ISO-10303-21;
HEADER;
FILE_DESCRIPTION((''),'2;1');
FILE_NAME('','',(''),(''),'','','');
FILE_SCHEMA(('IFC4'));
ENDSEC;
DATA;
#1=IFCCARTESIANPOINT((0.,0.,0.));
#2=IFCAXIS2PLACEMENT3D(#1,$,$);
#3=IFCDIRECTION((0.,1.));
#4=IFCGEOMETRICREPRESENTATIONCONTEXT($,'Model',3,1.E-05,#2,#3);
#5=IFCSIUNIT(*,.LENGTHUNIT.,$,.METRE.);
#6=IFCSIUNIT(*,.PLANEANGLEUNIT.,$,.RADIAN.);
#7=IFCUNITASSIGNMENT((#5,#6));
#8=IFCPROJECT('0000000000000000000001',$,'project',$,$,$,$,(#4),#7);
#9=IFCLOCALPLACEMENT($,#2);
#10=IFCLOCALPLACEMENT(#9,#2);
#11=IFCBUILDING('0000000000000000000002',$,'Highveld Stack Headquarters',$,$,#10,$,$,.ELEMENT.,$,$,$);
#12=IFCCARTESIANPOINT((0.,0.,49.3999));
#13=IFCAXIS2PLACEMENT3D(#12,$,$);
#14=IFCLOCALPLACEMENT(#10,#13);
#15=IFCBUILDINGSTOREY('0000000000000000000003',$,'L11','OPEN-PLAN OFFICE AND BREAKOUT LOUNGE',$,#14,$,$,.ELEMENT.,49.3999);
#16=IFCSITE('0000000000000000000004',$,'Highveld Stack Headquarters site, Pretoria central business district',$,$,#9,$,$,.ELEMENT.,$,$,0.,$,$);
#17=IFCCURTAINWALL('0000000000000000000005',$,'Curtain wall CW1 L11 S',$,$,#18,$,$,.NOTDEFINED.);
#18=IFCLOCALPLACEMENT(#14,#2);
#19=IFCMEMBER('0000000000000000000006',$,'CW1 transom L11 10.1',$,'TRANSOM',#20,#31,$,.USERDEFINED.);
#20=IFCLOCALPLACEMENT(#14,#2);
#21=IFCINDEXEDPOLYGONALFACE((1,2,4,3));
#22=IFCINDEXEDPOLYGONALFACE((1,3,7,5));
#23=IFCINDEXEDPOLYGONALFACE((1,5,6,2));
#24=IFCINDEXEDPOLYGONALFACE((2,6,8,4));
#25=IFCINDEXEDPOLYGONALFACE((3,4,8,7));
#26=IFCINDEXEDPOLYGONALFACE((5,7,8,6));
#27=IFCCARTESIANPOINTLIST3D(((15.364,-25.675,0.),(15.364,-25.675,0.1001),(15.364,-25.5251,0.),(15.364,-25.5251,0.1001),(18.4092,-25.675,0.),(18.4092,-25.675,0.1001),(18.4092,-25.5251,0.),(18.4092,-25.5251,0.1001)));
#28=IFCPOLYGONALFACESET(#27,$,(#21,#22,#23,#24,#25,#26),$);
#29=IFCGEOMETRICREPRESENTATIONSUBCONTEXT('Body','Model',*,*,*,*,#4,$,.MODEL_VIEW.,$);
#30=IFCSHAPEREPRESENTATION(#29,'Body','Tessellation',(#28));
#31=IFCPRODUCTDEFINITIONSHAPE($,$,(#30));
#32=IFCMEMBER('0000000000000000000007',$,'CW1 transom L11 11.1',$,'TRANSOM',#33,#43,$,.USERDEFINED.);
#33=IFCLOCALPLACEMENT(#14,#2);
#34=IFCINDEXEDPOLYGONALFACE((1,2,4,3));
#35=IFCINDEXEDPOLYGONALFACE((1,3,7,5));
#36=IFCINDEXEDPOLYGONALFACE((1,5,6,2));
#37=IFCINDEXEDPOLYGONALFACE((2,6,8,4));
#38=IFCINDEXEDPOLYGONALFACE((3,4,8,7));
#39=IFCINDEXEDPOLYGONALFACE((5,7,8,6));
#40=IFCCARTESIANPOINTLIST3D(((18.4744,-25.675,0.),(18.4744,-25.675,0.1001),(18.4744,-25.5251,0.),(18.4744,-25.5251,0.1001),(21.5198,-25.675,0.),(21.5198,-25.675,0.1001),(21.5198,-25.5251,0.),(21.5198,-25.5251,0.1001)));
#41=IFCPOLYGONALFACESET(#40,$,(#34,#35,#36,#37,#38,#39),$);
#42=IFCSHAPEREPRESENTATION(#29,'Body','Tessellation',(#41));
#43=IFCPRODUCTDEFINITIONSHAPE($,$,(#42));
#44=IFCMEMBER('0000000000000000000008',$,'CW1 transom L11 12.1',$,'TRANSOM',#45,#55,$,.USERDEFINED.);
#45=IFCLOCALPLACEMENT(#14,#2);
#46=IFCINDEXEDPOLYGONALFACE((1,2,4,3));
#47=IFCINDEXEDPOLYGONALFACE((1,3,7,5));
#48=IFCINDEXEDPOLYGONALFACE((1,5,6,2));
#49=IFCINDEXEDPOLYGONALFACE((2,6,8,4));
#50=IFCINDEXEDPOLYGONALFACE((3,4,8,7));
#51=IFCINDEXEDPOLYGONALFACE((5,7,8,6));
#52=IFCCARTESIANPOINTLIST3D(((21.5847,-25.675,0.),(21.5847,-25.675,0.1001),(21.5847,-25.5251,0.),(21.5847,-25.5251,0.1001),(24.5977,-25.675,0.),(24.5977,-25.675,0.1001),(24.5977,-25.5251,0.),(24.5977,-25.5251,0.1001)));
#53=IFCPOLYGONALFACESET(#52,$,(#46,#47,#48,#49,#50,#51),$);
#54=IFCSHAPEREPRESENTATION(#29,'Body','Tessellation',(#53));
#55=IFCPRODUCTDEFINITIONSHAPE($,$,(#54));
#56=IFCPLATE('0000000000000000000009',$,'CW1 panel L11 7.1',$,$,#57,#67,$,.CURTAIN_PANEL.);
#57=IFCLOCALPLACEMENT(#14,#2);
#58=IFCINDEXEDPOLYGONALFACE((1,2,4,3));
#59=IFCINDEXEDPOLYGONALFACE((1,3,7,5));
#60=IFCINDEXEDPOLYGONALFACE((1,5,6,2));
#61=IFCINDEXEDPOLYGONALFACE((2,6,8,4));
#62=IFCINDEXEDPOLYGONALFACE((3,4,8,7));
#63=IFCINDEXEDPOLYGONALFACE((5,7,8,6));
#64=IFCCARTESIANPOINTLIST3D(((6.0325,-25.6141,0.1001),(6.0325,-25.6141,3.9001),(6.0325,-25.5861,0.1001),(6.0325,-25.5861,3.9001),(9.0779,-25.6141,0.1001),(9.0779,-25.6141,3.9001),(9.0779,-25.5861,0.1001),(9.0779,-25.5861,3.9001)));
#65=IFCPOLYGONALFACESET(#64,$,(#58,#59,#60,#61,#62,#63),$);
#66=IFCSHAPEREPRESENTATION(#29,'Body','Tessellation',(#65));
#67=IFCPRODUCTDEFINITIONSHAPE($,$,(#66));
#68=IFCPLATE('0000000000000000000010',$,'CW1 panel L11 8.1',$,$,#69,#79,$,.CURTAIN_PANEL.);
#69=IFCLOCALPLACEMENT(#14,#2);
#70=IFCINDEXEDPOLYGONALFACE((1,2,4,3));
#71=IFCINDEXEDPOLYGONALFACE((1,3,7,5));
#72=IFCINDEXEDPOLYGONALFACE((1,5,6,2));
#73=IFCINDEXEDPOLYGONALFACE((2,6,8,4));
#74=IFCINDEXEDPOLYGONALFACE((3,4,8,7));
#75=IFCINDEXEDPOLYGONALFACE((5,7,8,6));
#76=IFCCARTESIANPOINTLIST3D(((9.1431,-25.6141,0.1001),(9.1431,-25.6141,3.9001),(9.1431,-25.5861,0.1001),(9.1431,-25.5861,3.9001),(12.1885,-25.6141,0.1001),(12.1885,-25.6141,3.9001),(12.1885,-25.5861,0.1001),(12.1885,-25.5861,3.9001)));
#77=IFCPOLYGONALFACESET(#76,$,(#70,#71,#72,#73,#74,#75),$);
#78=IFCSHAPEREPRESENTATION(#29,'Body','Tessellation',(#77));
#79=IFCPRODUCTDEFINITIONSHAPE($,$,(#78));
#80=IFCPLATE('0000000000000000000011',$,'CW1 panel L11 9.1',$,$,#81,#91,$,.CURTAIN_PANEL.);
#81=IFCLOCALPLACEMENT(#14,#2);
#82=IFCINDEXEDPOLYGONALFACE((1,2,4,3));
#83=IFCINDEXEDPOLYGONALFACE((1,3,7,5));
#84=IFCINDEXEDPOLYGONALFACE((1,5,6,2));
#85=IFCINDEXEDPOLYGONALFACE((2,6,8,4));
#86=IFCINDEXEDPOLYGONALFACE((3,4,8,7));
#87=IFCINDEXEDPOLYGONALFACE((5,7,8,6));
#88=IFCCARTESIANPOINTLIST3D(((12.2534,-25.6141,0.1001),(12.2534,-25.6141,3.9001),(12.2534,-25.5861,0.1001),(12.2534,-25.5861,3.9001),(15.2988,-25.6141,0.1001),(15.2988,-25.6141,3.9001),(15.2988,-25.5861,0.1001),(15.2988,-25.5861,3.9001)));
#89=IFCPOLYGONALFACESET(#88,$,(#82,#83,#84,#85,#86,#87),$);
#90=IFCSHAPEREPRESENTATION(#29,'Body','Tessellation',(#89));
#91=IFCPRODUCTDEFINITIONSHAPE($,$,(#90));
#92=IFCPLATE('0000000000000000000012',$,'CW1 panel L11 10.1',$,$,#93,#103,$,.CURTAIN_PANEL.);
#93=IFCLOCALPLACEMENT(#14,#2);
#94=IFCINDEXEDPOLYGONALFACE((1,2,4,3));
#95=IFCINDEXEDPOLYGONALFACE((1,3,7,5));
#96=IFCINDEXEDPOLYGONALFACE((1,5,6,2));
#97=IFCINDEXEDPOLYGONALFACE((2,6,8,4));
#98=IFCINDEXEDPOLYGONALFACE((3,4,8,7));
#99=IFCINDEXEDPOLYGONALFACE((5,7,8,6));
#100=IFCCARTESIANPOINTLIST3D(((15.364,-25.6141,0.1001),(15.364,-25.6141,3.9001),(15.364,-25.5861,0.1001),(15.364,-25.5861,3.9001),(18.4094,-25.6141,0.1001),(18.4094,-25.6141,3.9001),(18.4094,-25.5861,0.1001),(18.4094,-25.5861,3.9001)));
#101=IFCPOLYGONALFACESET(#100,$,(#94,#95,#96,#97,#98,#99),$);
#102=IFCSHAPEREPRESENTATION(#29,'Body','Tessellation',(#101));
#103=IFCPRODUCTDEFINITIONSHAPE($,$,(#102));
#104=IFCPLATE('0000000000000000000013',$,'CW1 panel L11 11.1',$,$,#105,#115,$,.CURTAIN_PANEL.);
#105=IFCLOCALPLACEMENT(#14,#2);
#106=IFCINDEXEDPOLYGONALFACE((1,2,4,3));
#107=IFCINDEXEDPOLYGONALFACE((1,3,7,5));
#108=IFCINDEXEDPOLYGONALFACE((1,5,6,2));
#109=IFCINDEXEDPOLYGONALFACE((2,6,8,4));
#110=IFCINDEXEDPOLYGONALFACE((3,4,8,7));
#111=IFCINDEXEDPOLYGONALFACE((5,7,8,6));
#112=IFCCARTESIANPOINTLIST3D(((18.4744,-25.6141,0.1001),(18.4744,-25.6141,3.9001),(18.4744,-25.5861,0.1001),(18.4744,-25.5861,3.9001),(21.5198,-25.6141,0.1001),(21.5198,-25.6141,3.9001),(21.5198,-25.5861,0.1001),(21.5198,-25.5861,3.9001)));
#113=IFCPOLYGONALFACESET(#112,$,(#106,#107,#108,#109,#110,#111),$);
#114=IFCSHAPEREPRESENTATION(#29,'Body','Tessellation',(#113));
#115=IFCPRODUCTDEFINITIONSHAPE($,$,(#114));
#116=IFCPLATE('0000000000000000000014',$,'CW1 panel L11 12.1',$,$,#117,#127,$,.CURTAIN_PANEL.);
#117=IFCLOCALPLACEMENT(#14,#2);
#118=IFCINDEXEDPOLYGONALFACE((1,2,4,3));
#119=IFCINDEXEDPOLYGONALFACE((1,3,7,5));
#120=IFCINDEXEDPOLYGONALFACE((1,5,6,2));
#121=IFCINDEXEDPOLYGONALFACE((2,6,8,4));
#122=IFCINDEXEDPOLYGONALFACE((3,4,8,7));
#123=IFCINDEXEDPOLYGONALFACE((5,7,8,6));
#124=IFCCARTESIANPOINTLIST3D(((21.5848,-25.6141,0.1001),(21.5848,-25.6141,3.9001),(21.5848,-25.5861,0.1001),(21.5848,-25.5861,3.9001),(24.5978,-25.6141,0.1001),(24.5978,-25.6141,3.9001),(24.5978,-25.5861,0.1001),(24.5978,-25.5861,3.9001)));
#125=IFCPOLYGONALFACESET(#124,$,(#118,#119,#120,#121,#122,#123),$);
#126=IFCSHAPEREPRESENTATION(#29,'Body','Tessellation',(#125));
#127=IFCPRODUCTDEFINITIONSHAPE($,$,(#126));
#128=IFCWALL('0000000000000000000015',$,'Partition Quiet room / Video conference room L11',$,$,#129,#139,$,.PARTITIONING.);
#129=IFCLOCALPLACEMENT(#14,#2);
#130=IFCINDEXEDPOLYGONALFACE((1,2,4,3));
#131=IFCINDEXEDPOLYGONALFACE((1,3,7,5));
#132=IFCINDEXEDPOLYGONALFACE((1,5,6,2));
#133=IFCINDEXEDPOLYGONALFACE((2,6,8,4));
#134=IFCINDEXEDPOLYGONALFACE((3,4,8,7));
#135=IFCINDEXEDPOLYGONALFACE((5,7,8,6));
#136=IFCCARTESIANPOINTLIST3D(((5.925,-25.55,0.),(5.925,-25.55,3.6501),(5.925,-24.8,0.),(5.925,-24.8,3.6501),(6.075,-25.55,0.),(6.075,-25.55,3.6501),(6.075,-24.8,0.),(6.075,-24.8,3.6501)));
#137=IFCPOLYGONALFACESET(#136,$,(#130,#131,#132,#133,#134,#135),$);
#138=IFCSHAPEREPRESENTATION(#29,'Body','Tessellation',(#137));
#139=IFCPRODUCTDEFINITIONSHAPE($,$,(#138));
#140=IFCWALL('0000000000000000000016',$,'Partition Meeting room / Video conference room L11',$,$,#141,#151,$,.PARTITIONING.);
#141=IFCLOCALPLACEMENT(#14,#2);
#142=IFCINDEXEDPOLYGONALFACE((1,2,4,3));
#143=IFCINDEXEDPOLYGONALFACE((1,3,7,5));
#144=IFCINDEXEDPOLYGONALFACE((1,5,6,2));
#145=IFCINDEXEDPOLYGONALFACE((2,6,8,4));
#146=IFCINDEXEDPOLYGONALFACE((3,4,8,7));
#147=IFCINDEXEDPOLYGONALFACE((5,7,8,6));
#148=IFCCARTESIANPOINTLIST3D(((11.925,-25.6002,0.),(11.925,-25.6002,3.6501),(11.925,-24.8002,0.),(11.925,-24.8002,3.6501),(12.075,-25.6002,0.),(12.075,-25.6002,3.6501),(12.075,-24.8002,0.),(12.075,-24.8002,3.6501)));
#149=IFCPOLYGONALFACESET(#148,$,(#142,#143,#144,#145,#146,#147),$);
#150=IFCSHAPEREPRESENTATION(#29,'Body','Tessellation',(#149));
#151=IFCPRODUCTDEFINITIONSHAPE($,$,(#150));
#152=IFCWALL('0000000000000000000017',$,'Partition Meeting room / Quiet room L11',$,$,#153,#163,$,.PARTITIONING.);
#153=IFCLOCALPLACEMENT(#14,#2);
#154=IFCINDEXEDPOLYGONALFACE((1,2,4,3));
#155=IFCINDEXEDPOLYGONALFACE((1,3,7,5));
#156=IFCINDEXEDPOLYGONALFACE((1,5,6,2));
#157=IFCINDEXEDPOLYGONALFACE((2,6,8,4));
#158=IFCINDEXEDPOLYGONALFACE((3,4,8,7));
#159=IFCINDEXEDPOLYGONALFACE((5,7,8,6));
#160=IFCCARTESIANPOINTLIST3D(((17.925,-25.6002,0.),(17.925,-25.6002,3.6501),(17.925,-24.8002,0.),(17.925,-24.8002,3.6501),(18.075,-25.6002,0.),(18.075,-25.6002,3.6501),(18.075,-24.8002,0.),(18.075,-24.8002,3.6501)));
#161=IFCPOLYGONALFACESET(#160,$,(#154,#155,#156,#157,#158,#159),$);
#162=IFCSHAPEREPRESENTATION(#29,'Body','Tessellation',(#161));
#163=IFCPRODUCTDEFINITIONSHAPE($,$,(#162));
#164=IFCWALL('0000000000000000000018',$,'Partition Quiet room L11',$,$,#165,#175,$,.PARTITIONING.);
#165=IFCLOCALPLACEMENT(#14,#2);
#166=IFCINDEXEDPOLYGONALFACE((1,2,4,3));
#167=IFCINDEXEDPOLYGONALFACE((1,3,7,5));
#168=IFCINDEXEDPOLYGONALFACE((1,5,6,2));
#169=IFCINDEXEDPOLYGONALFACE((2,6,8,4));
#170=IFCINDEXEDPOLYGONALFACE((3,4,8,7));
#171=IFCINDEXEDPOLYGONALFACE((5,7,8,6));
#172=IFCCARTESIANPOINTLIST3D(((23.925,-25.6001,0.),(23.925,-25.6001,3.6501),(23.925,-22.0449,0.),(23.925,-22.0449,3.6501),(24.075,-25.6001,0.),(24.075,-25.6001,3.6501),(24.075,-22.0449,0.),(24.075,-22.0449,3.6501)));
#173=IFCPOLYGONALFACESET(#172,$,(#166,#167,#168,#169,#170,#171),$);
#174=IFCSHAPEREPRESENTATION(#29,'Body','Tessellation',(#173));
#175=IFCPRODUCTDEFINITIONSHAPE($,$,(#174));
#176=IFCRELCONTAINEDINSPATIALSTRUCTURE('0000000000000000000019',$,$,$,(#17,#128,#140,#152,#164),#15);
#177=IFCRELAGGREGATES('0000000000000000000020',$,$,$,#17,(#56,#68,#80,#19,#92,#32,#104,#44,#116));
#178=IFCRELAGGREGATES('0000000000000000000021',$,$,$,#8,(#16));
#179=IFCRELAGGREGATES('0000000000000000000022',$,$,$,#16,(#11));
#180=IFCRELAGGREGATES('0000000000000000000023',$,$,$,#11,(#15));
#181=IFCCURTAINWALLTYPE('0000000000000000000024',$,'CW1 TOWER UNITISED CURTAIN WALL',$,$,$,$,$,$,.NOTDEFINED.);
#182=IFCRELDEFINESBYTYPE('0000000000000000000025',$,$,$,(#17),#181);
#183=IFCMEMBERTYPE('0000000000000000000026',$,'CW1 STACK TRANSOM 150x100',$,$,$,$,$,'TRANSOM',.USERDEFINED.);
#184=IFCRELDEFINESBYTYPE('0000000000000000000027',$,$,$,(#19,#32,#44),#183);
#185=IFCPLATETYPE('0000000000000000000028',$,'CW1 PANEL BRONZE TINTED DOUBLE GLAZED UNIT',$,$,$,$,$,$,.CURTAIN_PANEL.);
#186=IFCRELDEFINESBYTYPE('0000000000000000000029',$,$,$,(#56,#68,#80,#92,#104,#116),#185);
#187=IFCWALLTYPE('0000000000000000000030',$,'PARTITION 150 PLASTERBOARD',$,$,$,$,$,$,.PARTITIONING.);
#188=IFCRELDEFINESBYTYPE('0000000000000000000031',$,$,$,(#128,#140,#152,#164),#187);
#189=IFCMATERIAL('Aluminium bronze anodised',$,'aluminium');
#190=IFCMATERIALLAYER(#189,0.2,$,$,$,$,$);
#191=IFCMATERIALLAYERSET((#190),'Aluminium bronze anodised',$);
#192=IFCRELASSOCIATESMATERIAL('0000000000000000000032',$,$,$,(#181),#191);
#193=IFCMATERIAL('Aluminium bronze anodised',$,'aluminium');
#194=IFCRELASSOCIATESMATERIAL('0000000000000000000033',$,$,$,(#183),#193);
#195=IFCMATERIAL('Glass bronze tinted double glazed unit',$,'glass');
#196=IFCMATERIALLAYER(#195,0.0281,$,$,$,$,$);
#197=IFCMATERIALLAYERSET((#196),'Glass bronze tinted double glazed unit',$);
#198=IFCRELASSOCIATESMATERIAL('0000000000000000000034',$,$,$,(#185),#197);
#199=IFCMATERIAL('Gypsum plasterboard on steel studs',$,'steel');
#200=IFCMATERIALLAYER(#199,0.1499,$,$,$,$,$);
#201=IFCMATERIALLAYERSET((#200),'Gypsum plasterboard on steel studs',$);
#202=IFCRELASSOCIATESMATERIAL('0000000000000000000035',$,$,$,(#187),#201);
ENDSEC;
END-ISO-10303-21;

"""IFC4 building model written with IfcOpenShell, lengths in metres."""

from ifc_helpers import new_model, si_unit, direction, frame, frame_2d, origin, origin_2d, place, context, subcontext, project, spatial, rectangle, extrude, material, layer, layer_set, material_profile, profile_set, type_object, element, aggregate, save


model = new_model("IFC4")

# Units and contexts
model_context = context("Model", 3, precision=1e-05, world=origin(), true_north=direction((0.0, 1.0)))
body_context = subcontext(model_context, "Body", "Model", "MODEL_VIEW")
ifc_project = project(units=[si_unit("LENGTHUNIT", "METRE"), si_unit("PLANEANGLEUNIT", "RADIAN")], contexts=[model_context])

# Site, building, storey
site_placement = place(None, origin())
site = spatial("IfcSite", under=ifc_project, at=site_placement, Name="Highveld Stack Headquarters site, Pretoria central business district", CompositionType="ELEMENT", RefElevation=0.0)
building_placement = place(site_placement, origin())
building = spatial("IfcBuilding", under=site, at=building_placement, Name="Highveld Stack Headquarters", CompositionType="ELEMENT")
storey_placement = place(building_placement, frame((0.0, 0.0, 49.3999)))
storey = spatial("IfcBuildingStorey", under=building, at=storey_placement, Name="L11", Description="OPEN-PLAN OFFICE AND BREAKOUT LOUNGE", CompositionType="ELEMENT", Elevation=49.3999)

# Curtain wall, members, plates
ifc_material_1 = material(Name="Aluminium bronze anodised", Category="aluminium")
ifc_layer_1 = layer(ifc_material_1, 0.2)
ifc_layer_set_1 = layer_set([ifc_layer_1], Name="Aluminium bronze anodised")
curtain_wall_type = type_object("IfcCurtainWallType", Name="CW1 TOWER UNITISED CURTAIN WALL", PredefinedType="NOTDEFINED", material=ifc_layer_set_1)
curtain_wall_placement = place(storey_placement, origin())
curtain_wall = element("IfcCurtainWall", 1, at=curtain_wall_placement, inside=storey, type_object=curtain_wall_type, Name="Curtain wall CW1 L11 S", PredefinedType="NOTDEFINED")
ifc_material_2 = material(Name="Aluminium bronze anodised", Category="aluminium")
ifc_material_profile_1 = material_profile(ifc_material_2, rectangle(XDim=0.1499, YDim=0.1001, at=origin_2d()), Name="CW1 TRANSOM 150x100")
ifc_profile_set_1 = profile_set([ifc_material_profile_1], Name="Aluminium bronze anodised")
member_type_1 = type_object("IfcMemberType", Name="CW1 STACK TRANSOM 150x100", ElementType="TRANSOM", PredefinedType="USERDEFINED", material=ifc_profile_set_1)
member_1_placement = place(storey_placement, frame((15.364, -25.6001, 0.05), z_axis=(1.0, 0.0, 0.0), x_axis=(0.0, 1.0, 0.0)))
member_1 = element("IfcMember", 2, at=member_1_placement, type_object=member_type_1, Name="CW1 transom L11 10.1", ObjectType="TRANSOM", PredefinedType="USERDEFINED", context=body_context, shape_type="SweptSolid", body=[
    extrude(rectangle(XDim=0.1499, YDim=0.1001, at=origin_2d()), origin(), (0.0, 0.0, 1.0), 3.0452),
])
member_2_placement = place(storey_placement, frame((18.4744, -25.6001, 0.05), z_axis=(1.0, 0.0, 0.0), x_axis=(0.0, 1.0, 0.0)))
member_2 = element("IfcMember", 3, at=member_2_placement, type_object=member_type_1, Name="CW1 transom L11 11.1", ObjectType="TRANSOM", PredefinedType="USERDEFINED", context=body_context, shape_type="SweptSolid", body=[
    extrude(rectangle(XDim=0.1499, YDim=0.1001, at=origin_2d()), origin(), (0.0, 0.0, 1.0), 3.0454),
])
member_3_placement = place(storey_placement, frame((21.5847, -25.6001, 0.05), z_axis=(1.0, 0.0, 0.0), x_axis=(0.0, 1.0, 0.0)))
member_3 = element("IfcMember", 4, at=member_3_placement, type_object=member_type_1, Name="CW1 transom L11 12.1", ObjectType="TRANSOM", PredefinedType="USERDEFINED", context=body_context, shape_type="SweptSolid", body=[
    extrude(rectangle(XDim=0.1499, YDim=0.1001, at=origin_2d()), origin(), (0.0, 0.0, 1.0), 3.0129),
])
ifc_material_3 = material(Name="Glass bronze tinted double glazed unit", Category="glass")
ifc_layer_2 = layer(ifc_material_3, 0.0281)
ifc_layer_set_2 = layer_set([ifc_layer_2], Name="Glass bronze tinted double glazed unit")
plate_type = type_object("IfcPlateType", Name="CW1 PANEL BRONZE TINTED DOUBLE GLAZED UNIT", PredefinedType="CURTAIN_PANEL", material=ifc_layer_set_2)
plate_1_placement = place(storey_placement, frame((7.5552, -25.6001, 0.1001), z_axis=(0.0, 0.0, 1.0), x_axis=(1.0, 0.0, 0.0)))
plate_1 = element("IfcPlate", 5, at=plate_1_placement, type_object=plate_type, Name="CW1 panel L11 7.1", PredefinedType="CURTAIN_PANEL", context=body_context, shape_type="SweptSolid", body=[
    extrude(rectangle(XDim=3.0454, YDim=0.0281, at=origin_2d()), origin(), (0.0, 0.0, 1.0), 3.8),
])
plate_2_placement = place(storey_placement, frame((10.6658, -25.6001, 0.1001), z_axis=(0.0, 0.0, 1.0), x_axis=(1.0, 0.0, 0.0)))
plate_2 = element("IfcPlate", 6, at=plate_2_placement, type_object=plate_type, Name="CW1 panel L11 8.1", PredefinedType="CURTAIN_PANEL", context=body_context, shape_type="SweptSolid", body=[
    extrude(rectangle(XDim=3.0454, YDim=0.0281, at=origin_2d()), origin(), (0.0, 0.0, 1.0), 3.8),
])
plate_3_placement = place(storey_placement, frame((13.7761, -25.6001, 0.1001), z_axis=(0.0, 0.0, 1.0), x_axis=(1.0, 0.0, 0.0)))
plate_3 = element("IfcPlate", 7, at=plate_3_placement, type_object=plate_type, Name="CW1 panel L11 9.1", PredefinedType="CURTAIN_PANEL", context=body_context, shape_type="SweptSolid", body=[
    extrude(rectangle(XDim=3.0454, YDim=0.0281, at=origin_2d()), origin(), (0.0, 0.0, 1.0), 3.8),
])
plate_4_placement = place(storey_placement, frame((16.8867, -25.6001, 0.1001), z_axis=(0.0, 0.0, 1.0), x_axis=(1.0, 0.0, 0.0)))
plate_4 = element("IfcPlate", 8, at=plate_4_placement, type_object=plate_type, Name="CW1 panel L11 10.1", PredefinedType="CURTAIN_PANEL", context=body_context, shape_type="SweptSolid", body=[
    extrude(rectangle(XDim=3.0454, YDim=0.0281, at=origin_2d()), origin(), (0.0, 0.0, 1.0), 3.8),
])
plate_5_placement = place(storey_placement, frame((19.9971, -25.6001, 0.1001), z_axis=(0.0, 0.0, 1.0), x_axis=(1.0, 0.0, 0.0)))
plate_5 = element("IfcPlate", 9, at=plate_5_placement, type_object=plate_type, Name="CW1 panel L11 11.1", PredefinedType="CURTAIN_PANEL", context=body_context, shape_type="SweptSolid", body=[
    extrude(rectangle(XDim=3.0454, YDim=0.0281, at=origin_2d()), origin(), (0.0, 0.0, 1.0), 3.8),
])
plate_6_placement = place(storey_placement, frame((23.0913, -25.6001, 0.1001), z_axis=(0.0, 0.0, 1.0), x_axis=(1.0, 0.0, 0.0)))
plate_6 = element("IfcPlate", 10, at=plate_6_placement, type_object=plate_type, Name="CW1 panel L11 12.1", PredefinedType="CURTAIN_PANEL", context=body_context, shape_type="SweptSolid", body=[
    extrude(rectangle(XDim=3.0129, YDim=0.0281, at=origin_2d()), origin(), (0.0, 0.0, 1.0), 3.8),
])
aggregate(curtain_wall, [plate_1, plate_2, plate_3, member_1, plate_4, member_2, plate_5, member_3, plate_6])

# Walls
ifc_material_4 = material(Name="Gypsum plasterboard on steel studs", Category="steel")
ifc_layer_3 = layer(ifc_material_4, 0.1499)
ifc_layer_set_3 = layer_set([ifc_layer_3], Name="Gypsum plasterboard on steel studs")
wall_type = type_object("IfcWallType", Name="PARTITION 150 PLASTERBOARD", PredefinedType="PARTITIONING", material=ifc_layer_set_3)
wall_1_placement = place(storey_placement, frame((6.0, -25.55, 0.0), z_axis=(0.0, 0.0, 1.0), x_axis=(0.0, 1.0, 0.0)))
element("IfcWall", 11, at=wall_1_placement, inside=storey, type_object=wall_type, Name="Partition Quiet room / Video conference room L11", PredefinedType="PARTITIONING", context=body_context, shape_type="SweptSolid", body=[
    extrude(rectangle(XDim=0.75, YDim=0.1499, at=frame_2d((0.375, 0.0))), origin(), (0.0, 0.0, 1.0), 3.6501),
])
for number, where, z_axis, x_axis, name in (
    (12, (12.0, -25.6001, 0.0), (0.0, 0.0, 1.0), (0.0, 1.0, 0.0), "Partition Meeting room / Video conference room L11"),
    (13, (18.0, -25.6001, 0.0), (0.0, 0.0, 1.0), (0.0, 1.0, 0.0), "Partition Meeting room / Quiet room L11"),
):
    element("IfcWall", number, at=place(storey_placement, frame(where, z_axis=z_axis, x_axis=x_axis)), inside=storey, type_object=wall_type, Name=name, PredefinedType="PARTITIONING", context=body_context, shape_type="SweptSolid", body=[
        extrude(rectangle(XDim=0.8, YDim=0.1499, at=frame_2d((0.3999, 0.0))), origin(), (0.0, 0.0, 1.0), 3.6501),
    ])
wall_2_placement = place(storey_placement, frame((24.0, -25.6001, 0.0), z_axis=(0.0, 0.0, 1.0), x_axis=(0.0, 1.0, 0.0)))
element("IfcWall", 14, at=wall_2_placement, inside=storey, type_object=wall_type, Name="Partition Quiet room L11", PredefinedType="PARTITIONING", context=body_context, shape_type="SweptSolid", body=[
    extrude(rectangle(XDim=3.5552, YDim=0.1499, at=frame_2d((1.7776, 0.0))), origin(), (0.0, 0.0, 1.0), 3.6501),
])

save(model, "model.ifc")
